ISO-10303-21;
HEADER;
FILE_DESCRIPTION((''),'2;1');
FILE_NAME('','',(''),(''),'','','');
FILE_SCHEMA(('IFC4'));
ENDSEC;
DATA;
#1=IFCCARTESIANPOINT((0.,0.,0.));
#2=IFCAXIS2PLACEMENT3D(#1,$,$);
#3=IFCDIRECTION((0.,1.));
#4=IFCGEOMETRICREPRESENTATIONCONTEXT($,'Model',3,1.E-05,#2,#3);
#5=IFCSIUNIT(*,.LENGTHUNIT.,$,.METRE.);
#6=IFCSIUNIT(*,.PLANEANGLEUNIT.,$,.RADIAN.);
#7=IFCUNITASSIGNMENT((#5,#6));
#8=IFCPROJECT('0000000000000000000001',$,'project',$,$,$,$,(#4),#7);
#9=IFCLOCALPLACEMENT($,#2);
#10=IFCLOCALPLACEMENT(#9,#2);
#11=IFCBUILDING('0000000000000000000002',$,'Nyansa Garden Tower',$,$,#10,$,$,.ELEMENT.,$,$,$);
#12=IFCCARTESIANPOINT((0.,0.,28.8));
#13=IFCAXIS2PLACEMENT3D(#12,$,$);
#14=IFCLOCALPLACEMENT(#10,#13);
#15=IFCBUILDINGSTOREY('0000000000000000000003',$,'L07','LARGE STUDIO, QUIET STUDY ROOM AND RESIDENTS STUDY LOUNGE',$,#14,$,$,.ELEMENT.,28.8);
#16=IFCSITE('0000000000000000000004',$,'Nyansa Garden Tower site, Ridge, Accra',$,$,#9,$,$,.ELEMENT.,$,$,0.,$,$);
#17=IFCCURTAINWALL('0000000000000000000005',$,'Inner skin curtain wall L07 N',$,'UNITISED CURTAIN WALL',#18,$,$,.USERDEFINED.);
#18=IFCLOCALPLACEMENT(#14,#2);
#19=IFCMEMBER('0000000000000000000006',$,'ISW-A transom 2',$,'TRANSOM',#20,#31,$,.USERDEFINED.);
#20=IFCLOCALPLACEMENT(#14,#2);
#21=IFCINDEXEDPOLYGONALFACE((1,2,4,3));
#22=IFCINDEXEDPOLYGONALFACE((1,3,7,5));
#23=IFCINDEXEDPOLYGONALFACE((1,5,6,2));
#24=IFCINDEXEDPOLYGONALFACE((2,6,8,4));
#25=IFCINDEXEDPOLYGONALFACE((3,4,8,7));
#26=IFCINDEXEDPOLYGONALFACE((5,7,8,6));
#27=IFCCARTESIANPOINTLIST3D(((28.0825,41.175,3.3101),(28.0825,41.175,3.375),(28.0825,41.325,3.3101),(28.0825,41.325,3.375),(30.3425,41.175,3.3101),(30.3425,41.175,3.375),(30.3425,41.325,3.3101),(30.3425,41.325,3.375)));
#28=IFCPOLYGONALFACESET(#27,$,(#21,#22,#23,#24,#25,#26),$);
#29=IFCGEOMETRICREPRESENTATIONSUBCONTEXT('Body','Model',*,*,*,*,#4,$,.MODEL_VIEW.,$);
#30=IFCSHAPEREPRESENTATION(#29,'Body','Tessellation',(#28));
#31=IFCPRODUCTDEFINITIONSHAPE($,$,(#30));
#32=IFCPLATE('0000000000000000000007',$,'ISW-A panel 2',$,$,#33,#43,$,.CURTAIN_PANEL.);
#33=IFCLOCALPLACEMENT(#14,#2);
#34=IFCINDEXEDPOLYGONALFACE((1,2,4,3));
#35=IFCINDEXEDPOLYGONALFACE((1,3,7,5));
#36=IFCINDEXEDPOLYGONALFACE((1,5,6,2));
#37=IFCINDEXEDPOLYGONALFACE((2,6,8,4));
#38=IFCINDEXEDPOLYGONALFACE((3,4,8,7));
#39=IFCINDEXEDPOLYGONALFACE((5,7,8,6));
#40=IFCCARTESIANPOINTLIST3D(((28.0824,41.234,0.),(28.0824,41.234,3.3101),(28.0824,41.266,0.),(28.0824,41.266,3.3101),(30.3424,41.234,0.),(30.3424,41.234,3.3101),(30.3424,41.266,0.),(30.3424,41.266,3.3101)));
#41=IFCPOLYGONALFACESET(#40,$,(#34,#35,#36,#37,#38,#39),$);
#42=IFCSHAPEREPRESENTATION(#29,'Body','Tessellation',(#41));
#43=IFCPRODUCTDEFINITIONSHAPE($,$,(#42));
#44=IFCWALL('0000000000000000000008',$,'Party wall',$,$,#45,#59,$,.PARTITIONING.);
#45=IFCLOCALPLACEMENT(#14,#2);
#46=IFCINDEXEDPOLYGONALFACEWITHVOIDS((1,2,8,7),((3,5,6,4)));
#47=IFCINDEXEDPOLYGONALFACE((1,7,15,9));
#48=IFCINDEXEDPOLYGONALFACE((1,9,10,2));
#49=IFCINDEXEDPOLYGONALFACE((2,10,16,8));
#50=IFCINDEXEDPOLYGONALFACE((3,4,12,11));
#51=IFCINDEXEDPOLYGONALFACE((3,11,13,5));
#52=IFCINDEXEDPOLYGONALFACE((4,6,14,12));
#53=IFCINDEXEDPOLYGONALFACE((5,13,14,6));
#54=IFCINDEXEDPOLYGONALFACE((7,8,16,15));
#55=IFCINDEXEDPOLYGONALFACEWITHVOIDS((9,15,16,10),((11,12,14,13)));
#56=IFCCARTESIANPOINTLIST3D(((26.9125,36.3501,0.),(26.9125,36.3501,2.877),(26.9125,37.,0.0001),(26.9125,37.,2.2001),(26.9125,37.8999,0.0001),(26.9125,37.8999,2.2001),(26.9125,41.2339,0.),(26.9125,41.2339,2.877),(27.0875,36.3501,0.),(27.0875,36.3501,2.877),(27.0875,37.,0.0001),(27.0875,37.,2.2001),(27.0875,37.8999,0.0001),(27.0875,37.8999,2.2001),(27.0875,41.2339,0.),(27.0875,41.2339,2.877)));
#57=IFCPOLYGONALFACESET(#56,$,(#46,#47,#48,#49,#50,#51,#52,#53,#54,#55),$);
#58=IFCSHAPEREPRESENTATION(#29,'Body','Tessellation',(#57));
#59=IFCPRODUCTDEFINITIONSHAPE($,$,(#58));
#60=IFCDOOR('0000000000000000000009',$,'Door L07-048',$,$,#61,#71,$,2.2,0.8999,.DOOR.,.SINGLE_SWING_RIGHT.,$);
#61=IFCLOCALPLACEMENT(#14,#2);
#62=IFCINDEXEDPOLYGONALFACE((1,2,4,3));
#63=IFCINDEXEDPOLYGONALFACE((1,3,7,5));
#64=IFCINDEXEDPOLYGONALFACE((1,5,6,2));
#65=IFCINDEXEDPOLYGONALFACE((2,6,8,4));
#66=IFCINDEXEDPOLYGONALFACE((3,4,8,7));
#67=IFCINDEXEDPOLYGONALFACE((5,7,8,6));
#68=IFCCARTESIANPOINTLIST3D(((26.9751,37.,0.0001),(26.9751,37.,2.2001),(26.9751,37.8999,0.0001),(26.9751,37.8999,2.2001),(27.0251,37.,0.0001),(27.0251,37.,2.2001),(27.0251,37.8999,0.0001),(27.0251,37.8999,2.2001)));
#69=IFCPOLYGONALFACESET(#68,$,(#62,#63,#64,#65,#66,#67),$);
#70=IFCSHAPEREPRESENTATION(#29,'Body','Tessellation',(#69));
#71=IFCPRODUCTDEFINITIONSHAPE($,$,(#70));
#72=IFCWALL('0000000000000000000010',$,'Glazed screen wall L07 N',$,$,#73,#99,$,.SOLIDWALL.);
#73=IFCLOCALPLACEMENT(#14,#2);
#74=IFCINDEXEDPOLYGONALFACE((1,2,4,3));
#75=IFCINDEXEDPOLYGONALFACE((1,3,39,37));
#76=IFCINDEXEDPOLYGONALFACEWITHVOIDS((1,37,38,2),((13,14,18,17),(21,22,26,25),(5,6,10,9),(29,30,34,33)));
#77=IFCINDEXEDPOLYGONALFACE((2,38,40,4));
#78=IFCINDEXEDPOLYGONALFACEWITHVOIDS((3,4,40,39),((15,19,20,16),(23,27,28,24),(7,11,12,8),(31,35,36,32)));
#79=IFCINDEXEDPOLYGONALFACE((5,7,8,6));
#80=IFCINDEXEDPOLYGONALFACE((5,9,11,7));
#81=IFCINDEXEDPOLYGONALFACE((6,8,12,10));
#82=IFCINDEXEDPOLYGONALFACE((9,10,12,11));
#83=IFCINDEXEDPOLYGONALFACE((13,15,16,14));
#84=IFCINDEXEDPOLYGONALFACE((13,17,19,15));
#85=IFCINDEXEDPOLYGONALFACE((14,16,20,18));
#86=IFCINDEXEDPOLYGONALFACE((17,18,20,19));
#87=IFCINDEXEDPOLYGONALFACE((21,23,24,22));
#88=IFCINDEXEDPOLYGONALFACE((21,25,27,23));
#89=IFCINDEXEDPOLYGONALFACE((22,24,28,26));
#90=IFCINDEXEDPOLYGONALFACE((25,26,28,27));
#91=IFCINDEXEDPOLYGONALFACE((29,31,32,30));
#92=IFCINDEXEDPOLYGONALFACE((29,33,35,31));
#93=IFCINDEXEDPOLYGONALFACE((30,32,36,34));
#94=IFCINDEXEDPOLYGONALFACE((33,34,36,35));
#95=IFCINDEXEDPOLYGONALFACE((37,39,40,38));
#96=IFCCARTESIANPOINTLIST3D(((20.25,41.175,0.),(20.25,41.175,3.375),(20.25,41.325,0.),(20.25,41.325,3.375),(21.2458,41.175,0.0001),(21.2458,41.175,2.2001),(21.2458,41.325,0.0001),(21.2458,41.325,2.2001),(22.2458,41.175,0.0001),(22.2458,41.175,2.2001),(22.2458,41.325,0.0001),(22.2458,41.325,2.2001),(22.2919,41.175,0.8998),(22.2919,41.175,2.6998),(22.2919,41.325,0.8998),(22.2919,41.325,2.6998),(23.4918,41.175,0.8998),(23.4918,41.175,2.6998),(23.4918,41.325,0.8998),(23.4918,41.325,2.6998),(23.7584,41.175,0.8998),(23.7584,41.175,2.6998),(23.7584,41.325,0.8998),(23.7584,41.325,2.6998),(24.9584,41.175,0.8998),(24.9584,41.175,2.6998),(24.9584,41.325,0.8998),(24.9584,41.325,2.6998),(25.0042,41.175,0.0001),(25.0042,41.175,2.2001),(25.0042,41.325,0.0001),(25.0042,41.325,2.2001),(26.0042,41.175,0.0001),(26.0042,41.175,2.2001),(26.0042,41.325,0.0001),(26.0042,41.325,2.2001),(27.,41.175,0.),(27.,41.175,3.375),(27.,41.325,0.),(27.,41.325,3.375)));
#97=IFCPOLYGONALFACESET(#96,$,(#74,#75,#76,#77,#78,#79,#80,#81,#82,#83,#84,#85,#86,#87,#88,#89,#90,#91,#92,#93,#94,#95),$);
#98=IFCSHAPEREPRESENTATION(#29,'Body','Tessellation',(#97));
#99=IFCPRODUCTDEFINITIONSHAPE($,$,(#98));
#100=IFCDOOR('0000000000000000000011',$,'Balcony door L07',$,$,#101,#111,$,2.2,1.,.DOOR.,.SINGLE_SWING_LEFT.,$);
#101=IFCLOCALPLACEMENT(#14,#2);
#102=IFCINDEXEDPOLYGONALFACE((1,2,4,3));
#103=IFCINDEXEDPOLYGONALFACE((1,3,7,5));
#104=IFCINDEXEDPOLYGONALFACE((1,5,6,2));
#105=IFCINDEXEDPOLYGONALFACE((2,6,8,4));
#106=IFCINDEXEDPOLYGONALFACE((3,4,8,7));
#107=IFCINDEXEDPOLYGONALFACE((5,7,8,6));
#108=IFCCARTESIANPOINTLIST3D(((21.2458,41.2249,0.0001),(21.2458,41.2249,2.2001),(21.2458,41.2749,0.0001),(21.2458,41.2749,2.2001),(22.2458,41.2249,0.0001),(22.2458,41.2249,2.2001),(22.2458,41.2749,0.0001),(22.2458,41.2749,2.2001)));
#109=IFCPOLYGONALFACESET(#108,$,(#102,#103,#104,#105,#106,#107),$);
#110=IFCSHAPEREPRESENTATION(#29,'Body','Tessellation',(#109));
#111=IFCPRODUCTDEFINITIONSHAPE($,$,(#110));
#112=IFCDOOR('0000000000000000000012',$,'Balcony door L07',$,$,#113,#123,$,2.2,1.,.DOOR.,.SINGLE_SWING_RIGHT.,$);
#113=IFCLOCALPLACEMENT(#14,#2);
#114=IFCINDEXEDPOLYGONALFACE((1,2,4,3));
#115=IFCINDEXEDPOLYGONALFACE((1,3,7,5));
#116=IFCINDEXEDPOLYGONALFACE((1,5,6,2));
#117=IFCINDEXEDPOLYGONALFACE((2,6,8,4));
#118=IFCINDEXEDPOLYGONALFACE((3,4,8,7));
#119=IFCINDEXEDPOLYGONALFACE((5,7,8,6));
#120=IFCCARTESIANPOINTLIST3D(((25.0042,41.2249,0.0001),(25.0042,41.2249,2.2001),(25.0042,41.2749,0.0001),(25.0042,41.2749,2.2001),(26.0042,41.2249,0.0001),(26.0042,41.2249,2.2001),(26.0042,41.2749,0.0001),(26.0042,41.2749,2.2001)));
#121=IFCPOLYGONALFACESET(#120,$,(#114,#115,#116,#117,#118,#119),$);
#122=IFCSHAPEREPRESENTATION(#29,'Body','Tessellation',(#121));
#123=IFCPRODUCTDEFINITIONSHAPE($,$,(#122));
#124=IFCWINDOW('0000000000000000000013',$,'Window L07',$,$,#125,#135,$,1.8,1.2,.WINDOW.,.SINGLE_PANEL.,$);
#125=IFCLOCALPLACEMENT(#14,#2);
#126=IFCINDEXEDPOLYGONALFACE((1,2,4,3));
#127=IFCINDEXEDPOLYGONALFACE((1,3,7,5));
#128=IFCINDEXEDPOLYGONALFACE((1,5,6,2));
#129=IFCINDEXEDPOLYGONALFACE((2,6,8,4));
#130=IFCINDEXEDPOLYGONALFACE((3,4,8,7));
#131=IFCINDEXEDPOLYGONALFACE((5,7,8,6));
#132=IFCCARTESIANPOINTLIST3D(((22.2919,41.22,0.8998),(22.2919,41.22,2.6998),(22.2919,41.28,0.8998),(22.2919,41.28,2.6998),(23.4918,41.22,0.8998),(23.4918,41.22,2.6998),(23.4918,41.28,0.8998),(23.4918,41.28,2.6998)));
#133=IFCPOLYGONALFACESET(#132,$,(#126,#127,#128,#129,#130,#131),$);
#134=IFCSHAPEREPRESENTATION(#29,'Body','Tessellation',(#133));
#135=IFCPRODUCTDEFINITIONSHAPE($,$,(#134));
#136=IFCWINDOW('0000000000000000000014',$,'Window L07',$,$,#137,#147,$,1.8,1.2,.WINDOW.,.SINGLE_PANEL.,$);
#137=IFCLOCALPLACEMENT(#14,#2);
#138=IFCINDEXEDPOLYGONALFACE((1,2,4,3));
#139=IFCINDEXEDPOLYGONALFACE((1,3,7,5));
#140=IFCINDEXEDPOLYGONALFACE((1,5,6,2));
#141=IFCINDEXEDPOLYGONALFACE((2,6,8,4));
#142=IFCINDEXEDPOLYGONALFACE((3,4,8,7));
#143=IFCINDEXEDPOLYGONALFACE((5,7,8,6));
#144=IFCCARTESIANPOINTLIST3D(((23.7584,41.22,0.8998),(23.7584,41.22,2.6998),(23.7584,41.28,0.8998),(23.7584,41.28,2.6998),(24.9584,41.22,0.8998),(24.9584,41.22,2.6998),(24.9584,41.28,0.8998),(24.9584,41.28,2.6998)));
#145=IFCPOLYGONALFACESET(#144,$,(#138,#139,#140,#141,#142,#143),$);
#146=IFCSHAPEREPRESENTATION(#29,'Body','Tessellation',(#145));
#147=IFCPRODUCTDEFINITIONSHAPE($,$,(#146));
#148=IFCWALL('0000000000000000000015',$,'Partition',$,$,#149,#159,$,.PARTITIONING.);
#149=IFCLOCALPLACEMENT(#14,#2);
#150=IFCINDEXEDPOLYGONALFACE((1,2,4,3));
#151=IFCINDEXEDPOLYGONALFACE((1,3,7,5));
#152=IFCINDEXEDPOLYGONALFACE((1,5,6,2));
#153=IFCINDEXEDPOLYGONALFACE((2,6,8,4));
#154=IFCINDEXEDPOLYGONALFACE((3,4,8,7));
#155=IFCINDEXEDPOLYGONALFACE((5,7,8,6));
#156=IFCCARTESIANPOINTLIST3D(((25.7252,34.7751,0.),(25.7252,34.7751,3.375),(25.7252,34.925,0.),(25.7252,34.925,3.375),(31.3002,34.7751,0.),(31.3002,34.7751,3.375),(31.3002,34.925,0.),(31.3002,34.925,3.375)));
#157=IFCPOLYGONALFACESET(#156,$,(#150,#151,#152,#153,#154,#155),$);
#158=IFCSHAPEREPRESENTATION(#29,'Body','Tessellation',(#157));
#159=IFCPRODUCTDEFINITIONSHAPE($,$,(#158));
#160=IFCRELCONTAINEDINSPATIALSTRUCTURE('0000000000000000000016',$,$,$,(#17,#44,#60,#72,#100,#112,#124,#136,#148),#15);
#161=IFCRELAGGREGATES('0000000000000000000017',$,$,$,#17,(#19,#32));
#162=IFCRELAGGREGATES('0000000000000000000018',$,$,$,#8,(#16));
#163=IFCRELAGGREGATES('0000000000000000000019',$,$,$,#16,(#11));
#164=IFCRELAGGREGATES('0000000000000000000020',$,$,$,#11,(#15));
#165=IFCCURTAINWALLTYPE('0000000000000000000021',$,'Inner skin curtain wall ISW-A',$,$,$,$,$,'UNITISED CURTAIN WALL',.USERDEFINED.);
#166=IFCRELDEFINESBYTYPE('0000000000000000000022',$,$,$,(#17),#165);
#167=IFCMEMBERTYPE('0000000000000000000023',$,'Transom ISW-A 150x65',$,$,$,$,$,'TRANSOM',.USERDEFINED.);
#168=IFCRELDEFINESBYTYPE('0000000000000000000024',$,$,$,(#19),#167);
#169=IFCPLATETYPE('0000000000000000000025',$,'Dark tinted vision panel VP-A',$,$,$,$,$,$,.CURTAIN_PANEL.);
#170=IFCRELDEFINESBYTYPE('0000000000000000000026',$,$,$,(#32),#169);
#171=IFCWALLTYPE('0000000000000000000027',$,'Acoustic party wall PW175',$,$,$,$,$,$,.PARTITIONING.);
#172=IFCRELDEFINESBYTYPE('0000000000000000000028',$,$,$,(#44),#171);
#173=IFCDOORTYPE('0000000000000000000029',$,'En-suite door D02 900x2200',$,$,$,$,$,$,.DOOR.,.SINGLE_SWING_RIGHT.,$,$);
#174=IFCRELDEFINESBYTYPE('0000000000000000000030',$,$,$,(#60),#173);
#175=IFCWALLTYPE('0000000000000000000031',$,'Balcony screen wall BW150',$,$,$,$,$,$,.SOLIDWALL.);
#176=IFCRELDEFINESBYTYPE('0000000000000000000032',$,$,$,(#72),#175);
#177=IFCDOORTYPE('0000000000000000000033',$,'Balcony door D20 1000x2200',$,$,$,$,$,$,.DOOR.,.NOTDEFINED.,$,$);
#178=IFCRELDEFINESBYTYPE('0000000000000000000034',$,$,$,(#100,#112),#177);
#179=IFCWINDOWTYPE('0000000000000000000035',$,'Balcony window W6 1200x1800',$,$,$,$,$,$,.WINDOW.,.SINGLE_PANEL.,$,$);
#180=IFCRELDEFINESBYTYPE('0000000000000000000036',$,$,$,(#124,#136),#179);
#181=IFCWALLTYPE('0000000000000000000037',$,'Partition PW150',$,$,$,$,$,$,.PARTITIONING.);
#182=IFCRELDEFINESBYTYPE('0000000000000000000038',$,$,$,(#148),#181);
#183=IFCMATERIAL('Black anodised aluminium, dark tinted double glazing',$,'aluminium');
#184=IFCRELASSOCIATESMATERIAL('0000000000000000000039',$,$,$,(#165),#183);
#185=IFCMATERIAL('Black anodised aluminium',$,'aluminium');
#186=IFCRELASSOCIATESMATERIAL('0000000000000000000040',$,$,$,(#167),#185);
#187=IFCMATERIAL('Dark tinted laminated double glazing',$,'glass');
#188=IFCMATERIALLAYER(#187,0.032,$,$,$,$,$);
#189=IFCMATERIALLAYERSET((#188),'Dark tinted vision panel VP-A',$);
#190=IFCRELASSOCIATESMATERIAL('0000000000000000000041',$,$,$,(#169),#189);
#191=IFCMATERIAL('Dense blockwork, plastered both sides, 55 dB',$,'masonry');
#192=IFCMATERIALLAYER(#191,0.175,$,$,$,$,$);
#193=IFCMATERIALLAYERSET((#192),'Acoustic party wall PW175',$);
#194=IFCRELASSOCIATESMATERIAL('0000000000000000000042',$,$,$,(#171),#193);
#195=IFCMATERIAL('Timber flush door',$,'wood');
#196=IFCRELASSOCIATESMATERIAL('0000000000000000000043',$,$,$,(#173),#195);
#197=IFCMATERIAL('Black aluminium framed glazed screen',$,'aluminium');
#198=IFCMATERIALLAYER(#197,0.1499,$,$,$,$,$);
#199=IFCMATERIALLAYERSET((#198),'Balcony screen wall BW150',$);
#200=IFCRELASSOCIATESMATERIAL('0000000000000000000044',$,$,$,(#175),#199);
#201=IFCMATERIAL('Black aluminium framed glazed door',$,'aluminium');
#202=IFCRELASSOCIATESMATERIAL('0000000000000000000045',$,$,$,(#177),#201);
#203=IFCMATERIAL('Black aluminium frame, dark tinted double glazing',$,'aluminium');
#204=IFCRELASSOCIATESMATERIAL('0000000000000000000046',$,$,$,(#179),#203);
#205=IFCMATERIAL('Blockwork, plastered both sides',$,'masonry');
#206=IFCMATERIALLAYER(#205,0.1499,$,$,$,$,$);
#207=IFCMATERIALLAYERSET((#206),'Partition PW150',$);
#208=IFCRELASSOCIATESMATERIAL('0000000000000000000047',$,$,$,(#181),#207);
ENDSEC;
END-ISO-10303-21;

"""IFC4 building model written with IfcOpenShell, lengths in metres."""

from ifc_helpers import new_model, si_unit, direction, frame, frame_2d, origin, origin_2d, place, context, subcontext, project, spatial, rectangle, extrude, material, layer, layer_set, material_profile, profile_set, type_object, element, fill, aggregate, save


model = new_model("IFC4")

# Units and contexts
model_context = context("Model", 3, precision=1e-05, world=origin(), true_north=direction((0.0, 1.0)))
body_context = subcontext(model_context, "Body", "Model", "MODEL_VIEW")
ifc_project = project(units=[si_unit("LENGTHUNIT", "METRE"), si_unit("PLANEANGLEUNIT", "RADIAN")], contexts=[model_context])

# Site, building, storey
site_placement = place(None, origin())
site = spatial("IfcSite", under=ifc_project, at=site_placement, Name="Nyansa Garden Tower site, Ridge, Accra", CompositionType="ELEMENT", RefElevation=0.0)
building_placement = place(site_placement, origin())
building = spatial("IfcBuilding", under=site, at=building_placement, Name="Nyansa Garden Tower", CompositionType="ELEMENT")
storey_placement = place(building_placement, frame((0.0, 0.0, 28.8)))
storey = spatial("IfcBuildingStorey", under=building, at=storey_placement, Name="L07", Description="LARGE STUDIO, QUIET STUDY ROOM AND RESIDENTS STUDY LOUNGE", CompositionType="ELEMENT", Elevation=28.8)

# Curtain wall
ifc_material_1 = material(Name="Black anodised aluminium, dark tinted double glazing", Category="aluminium")
curtain_wall_type = type_object("IfcCurtainWallType", Name="Inner skin curtain wall ISW-A", ElementType="UNITISED CURTAIN WALL", PredefinedType="USERDEFINED", material=ifc_material_1)
curtain_wall_placement = place(storey_placement, origin())
curtain_wall = element("IfcCurtainWall", 1, at=curtain_wall_placement, inside=storey, type_object=curtain_wall_type, Name="Inner skin curtain wall L07 N", ObjectType="UNITISED CURTAIN WALL", PredefinedType="USERDEFINED")

# Member
ifc_material_2 = material(Name="Black anodised aluminium", Category="aluminium")
ifc_material_profile_1 = material_profile(ifc_material_2, rectangle(XDim=0.1499, YDim=0.0649, at=origin_2d()), Name="Transom 150x65")
ifc_profile_set_1 = profile_set([ifc_material_profile_1], Name="Black anodised aluminium")
member_type_1 = type_object("IfcMemberType", Name="Transom ISW-A 150x65", ElementType="TRANSOM", PredefinedType="USERDEFINED", material=ifc_profile_set_1)
member_1_placement = place(storey_placement, frame((30.3425, 41.25, 3.3425), z_axis=(-1.0, 0.0, 0.0), x_axis=(0.0, -1.0, 0.0)))
member_1 = element("IfcMember", 2, at=member_1_placement, type_object=member_type_1, Name="ISW-A transom 2", ObjectType="TRANSOM", PredefinedType="USERDEFINED", context=body_context, shape_type="SweptSolid", body=[
    extrude(rectangle(XDim=0.1499, YDim=0.0649, at=origin_2d()), origin(), (0.0, 0.0, 1.0), 2.26),
])

# Plate
ifc_material_3 = material(Name="Dark tinted laminated double glazing", Category="glass")
ifc_layer_1 = layer(ifc_material_3, 0.032)
ifc_layer_set_1 = layer_set([ifc_layer_1], Name="Dark tinted vision panel VP-A")
plate_type = type_object("IfcPlateType", Name="Dark tinted vision panel VP-A", PredefinedType="CURTAIN_PANEL", material=ifc_layer_set_1)
plate_placement = place(storey_placement, frame((29.2124, 41.25, 0.0), z_axis=(0.0, 0.0, 1.0), x_axis=(-1.0, 0.0, 0.0)))
plate = element("IfcPlate", 3, at=plate_placement, type_object=plate_type, Name="ISW-A panel 2", PredefinedType="CURTAIN_PANEL", context=body_context, shape_type="SweptSolid", body=[
    extrude(rectangle(XDim=2.26, YDim=0.032, at=origin_2d()), origin(), (0.0, 0.0, 1.0), 3.3101),
])
aggregate(curtain_wall, [member_1, plate])

# Wall, opening, door
ifc_material_4 = material(Name="Dense blockwork, plastered both sides, 55 dB", Category="masonry")
ifc_layer_2 = layer(ifc_material_4, 0.175)
ifc_layer_set_2 = layer_set([ifc_layer_2], Name="Acoustic party wall PW175")
wall_type_1 = type_object("IfcWallType", Name="Acoustic party wall PW175", PredefinedType="PARTITIONING", material=ifc_layer_set_2)
wall_1_placement = place(storey_placement, frame((27.0, 36.3501, 0.0), z_axis=(0.0, 0.0, 1.0), x_axis=(0.0, 1.0, 0.0)))
wall_1 = element("IfcWall", 4, at=wall_1_placement, inside=storey, type_object=wall_type_1, Name="Party wall", PredefinedType="PARTITIONING", context=body_context, shape_type="SweptSolid", body=[
    extrude(rectangle(XDim=4.8838, YDim=0.175, at=frame_2d((2.4419, 0.0))), origin(), (0.0, 0.0, 1.0), 2.877),
])
opening_1_placement = place(wall_1_placement, frame((0.6499, 0.0, 0.0)))
opening_1 = element("IfcOpeningElement", 5, at=opening_1_placement, cuts=wall_1, PredefinedType="OPENING", context=body_context, shape_type="SweptSolid", body=[
    extrude(rectangle(XDim=0.8999, YDim=2.2, at=frame_2d((0.45, 1.1001))), frame((0.0, 0.0974, 0.0), z_axis=(0.0, -1.0, 0.0), x_axis=(1.0, 0.0, 0.0)), (0.0, 0.0, 1.0), 0.1951),
])
ifc_material_5 = material(Name="Timber flush door", Category="wood")
door_type_1 = type_object("IfcDoorType", Name="En-suite door D02 900x2200", OperationType="SINGLE_SWING_RIGHT", PredefinedType="DOOR", material=ifc_material_5)
door_1_placement = place(opening_1_placement, origin())
door_1 = element("IfcDoor", 6, at=door_1_placement, inside=storey, type_object=door_type_1, Name="Door L07-048", OperationType="SINGLE_SWING_RIGHT", OverallHeight=2.2, OverallWidth=0.8999, PredefinedType="DOOR", context=body_context, shape_type="SweptSolid", body=[
    extrude(rectangle(XDim=0.8999, YDim=2.2, at=frame_2d((0.45, 1.1001))), frame((0.0, 0.0249, 0.0), z_axis=(0.0, -1.0, 0.0), x_axis=(1.0, 0.0, 0.0)), (0.0, 0.0, 1.0), 0.05),
])
fill(opening_1, door_1)

# Wall, openings, doors, windows
ifc_material_6 = material(Name="Black aluminium framed glazed screen", Category="aluminium")
ifc_layer_3 = layer(ifc_material_6, 0.1499)
ifc_layer_set_3 = layer_set([ifc_layer_3], Name="Balcony screen wall BW150")
wall_type_2 = type_object("IfcWallType", Name="Balcony screen wall BW150", PredefinedType="SOLIDWALL", material=ifc_layer_set_3)
wall_2_placement = place(storey_placement, frame((20.25, 41.25, 0.0), z_axis=(0.0, 0.0, 1.0), x_axis=(1.0, 0.0, 0.0)))
wall_2 = element("IfcWall", 7, at=wall_2_placement, inside=storey, type_object=wall_type_2, Name="Glazed screen wall L07 N", PredefinedType="SOLIDWALL", context=body_context, shape_type="SweptSolid", body=[
    extrude(rectangle(XDim=6.75, YDim=0.1499, at=frame_2d((3.375, 0.0))), origin(), (0.0, 0.0, 1.0), 3.375),
])
opening_2_placement = place(wall_2_placement, frame((0.9958, 0.0, 0.0)))
opening_2 = element("IfcOpeningElement", 8, at=opening_2_placement, cuts=wall_2, PredefinedType="OPENING", context=body_context, shape_type="SweptSolid", body=[
    extrude(rectangle(XDim=1.0, YDim=2.2, at=frame_2d((0.5, 1.1001))), frame((0.0, 0.085, 0.0), z_axis=(0.0, -1.0, 0.0), x_axis=(1.0, 0.0, 0.0)), (0.0, 0.0, 1.0), 0.1699),
])
opening_3_placement = place(wall_2_placement, frame((2.0417, 0.0, 0.8999)))
opening_3 = element("IfcOpeningElement", 9, at=opening_3_placement, cuts=wall_2, PredefinedType="OPENING", context=body_context, shape_type="SweptSolid", body=[
    extrude(rectangle(XDim=1.2, YDim=1.8, at=frame_2d((0.6001, 0.8999))), frame((0.0, 0.085, 0.0), z_axis=(0.0, -1.0, 0.0), x_axis=(1.0, 0.0, 0.0)), (0.0, 0.0, 1.0), 0.1699),
])
opening_4_placement = place(wall_2_placement, frame((4.7542, 0.0, 0.0)))
opening_4 = element("IfcOpeningElement", 10, at=opening_4_placement, cuts=wall_2, PredefinedType="OPENING", context=body_context, shape_type="SweptSolid", body=[
    extrude(rectangle(XDim=1.0, YDim=2.2, at=frame_2d((0.5, 1.1001))), frame((0.0, 0.085, 0.0), z_axis=(0.0, -1.0, 0.0), x_axis=(1.0, 0.0, 0.0)), (0.0, 0.0, 1.0), 0.1699),
])
opening_5_placement = place(wall_2_placement, frame((3.5083, 0.0, 0.8999)))
opening_5 = element("IfcOpeningElement", 11, at=opening_5_placement, cuts=wall_2, PredefinedType="OPENING", context=body_context, shape_type="SweptSolid", body=[
    extrude(rectangle(XDim=1.2, YDim=1.8, at=frame_2d((0.6001, 0.8999))), frame((0.0, 0.085, 0.0), z_axis=(0.0, -1.0, 0.0), x_axis=(1.0, 0.0, 0.0)), (0.0, 0.0, 1.0), 0.1699),
])
ifc_material_7 = material(Name="Black aluminium framed glazed door", Category="aluminium")
door_type_2 = type_object("IfcDoorType", Name="Balcony door D20 1000x2200", OperationType="NOTDEFINED", PredefinedType="DOOR", material=ifc_material_7)
door_2_placement = place(opening_2_placement, origin())
door_2 = element("IfcDoor", 12, at=door_2_placement, inside=storey, type_object=door_type_2, Name="Balcony door L07", OperationType="SINGLE_SWING_LEFT", OverallHeight=2.2, OverallWidth=1.0, PredefinedType="DOOR", context=body_context, shape_type="SweptSolid", body=[
    extrude(rectangle(XDim=1.0, YDim=2.2, at=frame_2d((0.5, 1.1001))), frame((0.0, 0.0249, 0.0), z_axis=(0.0, -1.0, 0.0), x_axis=(1.0, 0.0, 0.0)), (0.0, 0.0, 1.0), 0.05),
])
fill(opening_2, door_2)
door_3_placement = place(opening_4_placement, origin())
door_3 = element("IfcDoor", 13, at=door_3_placement, inside=storey, type_object=door_type_2, Name="Balcony door L07", OperationType="SINGLE_SWING_RIGHT", OverallHeight=2.2, OverallWidth=1.0, PredefinedType="DOOR", context=body_context, shape_type="SweptSolid", body=[
    extrude(rectangle(XDim=1.0, YDim=2.2, at=frame_2d((0.5, 1.1001))), frame((0.0, 0.0249, 0.0), z_axis=(0.0, -1.0, 0.0), x_axis=(1.0, 0.0, 0.0)), (0.0, 0.0, 1.0), 0.05),
])
fill(opening_4, door_3)
ifc_material_8 = material(Name="Black aluminium frame, dark tinted double glazing", Category="aluminium")
window_type = type_object("IfcWindowType", Name="Balcony window W6 1200x1800", PartitioningType="SINGLE_PANEL", PredefinedType="WINDOW", material=ifc_material_8)
window_1_placement = place(opening_3_placement, origin())
window_1 = element("IfcWindow", 14, at=window_1_placement, inside=storey, type_object=window_type, Name="Window L07", OverallHeight=1.8, OverallWidth=1.2, PartitioningType="SINGLE_PANEL", PredefinedType="WINDOW", context=body_context, shape_type="SweptSolid", body=[
    extrude(rectangle(XDim=1.2, YDim=1.8, at=frame_2d((0.6001, 0.8999))), frame((0.0, 0.03, 0.0), z_axis=(0.0, -1.0, 0.0), x_axis=(1.0, 0.0, 0.0)), (0.0, 0.0, 1.0), 0.0601),
])
fill(opening_3, window_1)
window_2_placement = place(opening_5_placement, origin())
window_2 = element("IfcWindow", 15, at=window_2_placement, inside=storey, type_object=window_type, Name="Window L07", OverallHeight=1.8, OverallWidth=1.2, PartitioningType="SINGLE_PANEL", PredefinedType="WINDOW", context=body_context, shape_type="SweptSolid", body=[
    extrude(rectangle(XDim=1.2, YDim=1.8, at=frame_2d((0.6001, 0.8999))), frame((0.0, 0.03, 0.0), z_axis=(0.0, -1.0, 0.0), x_axis=(1.0, 0.0, 0.0)), (0.0, 0.0, 1.0), 0.0601),
])
fill(opening_5, window_2)

# Wall
ifc_material_9 = material(Name="Blockwork, plastered both sides", Category="masonry")
ifc_layer_4 = layer(ifc_material_9, 0.1499)
ifc_layer_set_4 = layer_set([ifc_layer_4], Name="Partition PW150")
wall_type_3 = type_object("IfcWallType", Name="Partition PW150", PredefinedType="PARTITIONING", material=ifc_layer_set_4)
wall_3_placement = place(storey_placement, frame((25.7251, 34.8501, 0.0), z_axis=(0.0, 0.0, 1.0), x_axis=(1.0, 0.0, 0.0)))
element("IfcWall", 16, at=wall_3_placement, inside=storey, type_object=wall_type_3, Name="Partition", PredefinedType="PARTITIONING", context=body_context, shape_type="SweptSolid", body=[
    extrude(rectangle(XDim=5.575, YDim=0.1499, at=frame_2d((2.7876, 0.0))), origin(), (0.0, 0.0, 1.0), 3.375),
])

save(model, "model.ifc")
